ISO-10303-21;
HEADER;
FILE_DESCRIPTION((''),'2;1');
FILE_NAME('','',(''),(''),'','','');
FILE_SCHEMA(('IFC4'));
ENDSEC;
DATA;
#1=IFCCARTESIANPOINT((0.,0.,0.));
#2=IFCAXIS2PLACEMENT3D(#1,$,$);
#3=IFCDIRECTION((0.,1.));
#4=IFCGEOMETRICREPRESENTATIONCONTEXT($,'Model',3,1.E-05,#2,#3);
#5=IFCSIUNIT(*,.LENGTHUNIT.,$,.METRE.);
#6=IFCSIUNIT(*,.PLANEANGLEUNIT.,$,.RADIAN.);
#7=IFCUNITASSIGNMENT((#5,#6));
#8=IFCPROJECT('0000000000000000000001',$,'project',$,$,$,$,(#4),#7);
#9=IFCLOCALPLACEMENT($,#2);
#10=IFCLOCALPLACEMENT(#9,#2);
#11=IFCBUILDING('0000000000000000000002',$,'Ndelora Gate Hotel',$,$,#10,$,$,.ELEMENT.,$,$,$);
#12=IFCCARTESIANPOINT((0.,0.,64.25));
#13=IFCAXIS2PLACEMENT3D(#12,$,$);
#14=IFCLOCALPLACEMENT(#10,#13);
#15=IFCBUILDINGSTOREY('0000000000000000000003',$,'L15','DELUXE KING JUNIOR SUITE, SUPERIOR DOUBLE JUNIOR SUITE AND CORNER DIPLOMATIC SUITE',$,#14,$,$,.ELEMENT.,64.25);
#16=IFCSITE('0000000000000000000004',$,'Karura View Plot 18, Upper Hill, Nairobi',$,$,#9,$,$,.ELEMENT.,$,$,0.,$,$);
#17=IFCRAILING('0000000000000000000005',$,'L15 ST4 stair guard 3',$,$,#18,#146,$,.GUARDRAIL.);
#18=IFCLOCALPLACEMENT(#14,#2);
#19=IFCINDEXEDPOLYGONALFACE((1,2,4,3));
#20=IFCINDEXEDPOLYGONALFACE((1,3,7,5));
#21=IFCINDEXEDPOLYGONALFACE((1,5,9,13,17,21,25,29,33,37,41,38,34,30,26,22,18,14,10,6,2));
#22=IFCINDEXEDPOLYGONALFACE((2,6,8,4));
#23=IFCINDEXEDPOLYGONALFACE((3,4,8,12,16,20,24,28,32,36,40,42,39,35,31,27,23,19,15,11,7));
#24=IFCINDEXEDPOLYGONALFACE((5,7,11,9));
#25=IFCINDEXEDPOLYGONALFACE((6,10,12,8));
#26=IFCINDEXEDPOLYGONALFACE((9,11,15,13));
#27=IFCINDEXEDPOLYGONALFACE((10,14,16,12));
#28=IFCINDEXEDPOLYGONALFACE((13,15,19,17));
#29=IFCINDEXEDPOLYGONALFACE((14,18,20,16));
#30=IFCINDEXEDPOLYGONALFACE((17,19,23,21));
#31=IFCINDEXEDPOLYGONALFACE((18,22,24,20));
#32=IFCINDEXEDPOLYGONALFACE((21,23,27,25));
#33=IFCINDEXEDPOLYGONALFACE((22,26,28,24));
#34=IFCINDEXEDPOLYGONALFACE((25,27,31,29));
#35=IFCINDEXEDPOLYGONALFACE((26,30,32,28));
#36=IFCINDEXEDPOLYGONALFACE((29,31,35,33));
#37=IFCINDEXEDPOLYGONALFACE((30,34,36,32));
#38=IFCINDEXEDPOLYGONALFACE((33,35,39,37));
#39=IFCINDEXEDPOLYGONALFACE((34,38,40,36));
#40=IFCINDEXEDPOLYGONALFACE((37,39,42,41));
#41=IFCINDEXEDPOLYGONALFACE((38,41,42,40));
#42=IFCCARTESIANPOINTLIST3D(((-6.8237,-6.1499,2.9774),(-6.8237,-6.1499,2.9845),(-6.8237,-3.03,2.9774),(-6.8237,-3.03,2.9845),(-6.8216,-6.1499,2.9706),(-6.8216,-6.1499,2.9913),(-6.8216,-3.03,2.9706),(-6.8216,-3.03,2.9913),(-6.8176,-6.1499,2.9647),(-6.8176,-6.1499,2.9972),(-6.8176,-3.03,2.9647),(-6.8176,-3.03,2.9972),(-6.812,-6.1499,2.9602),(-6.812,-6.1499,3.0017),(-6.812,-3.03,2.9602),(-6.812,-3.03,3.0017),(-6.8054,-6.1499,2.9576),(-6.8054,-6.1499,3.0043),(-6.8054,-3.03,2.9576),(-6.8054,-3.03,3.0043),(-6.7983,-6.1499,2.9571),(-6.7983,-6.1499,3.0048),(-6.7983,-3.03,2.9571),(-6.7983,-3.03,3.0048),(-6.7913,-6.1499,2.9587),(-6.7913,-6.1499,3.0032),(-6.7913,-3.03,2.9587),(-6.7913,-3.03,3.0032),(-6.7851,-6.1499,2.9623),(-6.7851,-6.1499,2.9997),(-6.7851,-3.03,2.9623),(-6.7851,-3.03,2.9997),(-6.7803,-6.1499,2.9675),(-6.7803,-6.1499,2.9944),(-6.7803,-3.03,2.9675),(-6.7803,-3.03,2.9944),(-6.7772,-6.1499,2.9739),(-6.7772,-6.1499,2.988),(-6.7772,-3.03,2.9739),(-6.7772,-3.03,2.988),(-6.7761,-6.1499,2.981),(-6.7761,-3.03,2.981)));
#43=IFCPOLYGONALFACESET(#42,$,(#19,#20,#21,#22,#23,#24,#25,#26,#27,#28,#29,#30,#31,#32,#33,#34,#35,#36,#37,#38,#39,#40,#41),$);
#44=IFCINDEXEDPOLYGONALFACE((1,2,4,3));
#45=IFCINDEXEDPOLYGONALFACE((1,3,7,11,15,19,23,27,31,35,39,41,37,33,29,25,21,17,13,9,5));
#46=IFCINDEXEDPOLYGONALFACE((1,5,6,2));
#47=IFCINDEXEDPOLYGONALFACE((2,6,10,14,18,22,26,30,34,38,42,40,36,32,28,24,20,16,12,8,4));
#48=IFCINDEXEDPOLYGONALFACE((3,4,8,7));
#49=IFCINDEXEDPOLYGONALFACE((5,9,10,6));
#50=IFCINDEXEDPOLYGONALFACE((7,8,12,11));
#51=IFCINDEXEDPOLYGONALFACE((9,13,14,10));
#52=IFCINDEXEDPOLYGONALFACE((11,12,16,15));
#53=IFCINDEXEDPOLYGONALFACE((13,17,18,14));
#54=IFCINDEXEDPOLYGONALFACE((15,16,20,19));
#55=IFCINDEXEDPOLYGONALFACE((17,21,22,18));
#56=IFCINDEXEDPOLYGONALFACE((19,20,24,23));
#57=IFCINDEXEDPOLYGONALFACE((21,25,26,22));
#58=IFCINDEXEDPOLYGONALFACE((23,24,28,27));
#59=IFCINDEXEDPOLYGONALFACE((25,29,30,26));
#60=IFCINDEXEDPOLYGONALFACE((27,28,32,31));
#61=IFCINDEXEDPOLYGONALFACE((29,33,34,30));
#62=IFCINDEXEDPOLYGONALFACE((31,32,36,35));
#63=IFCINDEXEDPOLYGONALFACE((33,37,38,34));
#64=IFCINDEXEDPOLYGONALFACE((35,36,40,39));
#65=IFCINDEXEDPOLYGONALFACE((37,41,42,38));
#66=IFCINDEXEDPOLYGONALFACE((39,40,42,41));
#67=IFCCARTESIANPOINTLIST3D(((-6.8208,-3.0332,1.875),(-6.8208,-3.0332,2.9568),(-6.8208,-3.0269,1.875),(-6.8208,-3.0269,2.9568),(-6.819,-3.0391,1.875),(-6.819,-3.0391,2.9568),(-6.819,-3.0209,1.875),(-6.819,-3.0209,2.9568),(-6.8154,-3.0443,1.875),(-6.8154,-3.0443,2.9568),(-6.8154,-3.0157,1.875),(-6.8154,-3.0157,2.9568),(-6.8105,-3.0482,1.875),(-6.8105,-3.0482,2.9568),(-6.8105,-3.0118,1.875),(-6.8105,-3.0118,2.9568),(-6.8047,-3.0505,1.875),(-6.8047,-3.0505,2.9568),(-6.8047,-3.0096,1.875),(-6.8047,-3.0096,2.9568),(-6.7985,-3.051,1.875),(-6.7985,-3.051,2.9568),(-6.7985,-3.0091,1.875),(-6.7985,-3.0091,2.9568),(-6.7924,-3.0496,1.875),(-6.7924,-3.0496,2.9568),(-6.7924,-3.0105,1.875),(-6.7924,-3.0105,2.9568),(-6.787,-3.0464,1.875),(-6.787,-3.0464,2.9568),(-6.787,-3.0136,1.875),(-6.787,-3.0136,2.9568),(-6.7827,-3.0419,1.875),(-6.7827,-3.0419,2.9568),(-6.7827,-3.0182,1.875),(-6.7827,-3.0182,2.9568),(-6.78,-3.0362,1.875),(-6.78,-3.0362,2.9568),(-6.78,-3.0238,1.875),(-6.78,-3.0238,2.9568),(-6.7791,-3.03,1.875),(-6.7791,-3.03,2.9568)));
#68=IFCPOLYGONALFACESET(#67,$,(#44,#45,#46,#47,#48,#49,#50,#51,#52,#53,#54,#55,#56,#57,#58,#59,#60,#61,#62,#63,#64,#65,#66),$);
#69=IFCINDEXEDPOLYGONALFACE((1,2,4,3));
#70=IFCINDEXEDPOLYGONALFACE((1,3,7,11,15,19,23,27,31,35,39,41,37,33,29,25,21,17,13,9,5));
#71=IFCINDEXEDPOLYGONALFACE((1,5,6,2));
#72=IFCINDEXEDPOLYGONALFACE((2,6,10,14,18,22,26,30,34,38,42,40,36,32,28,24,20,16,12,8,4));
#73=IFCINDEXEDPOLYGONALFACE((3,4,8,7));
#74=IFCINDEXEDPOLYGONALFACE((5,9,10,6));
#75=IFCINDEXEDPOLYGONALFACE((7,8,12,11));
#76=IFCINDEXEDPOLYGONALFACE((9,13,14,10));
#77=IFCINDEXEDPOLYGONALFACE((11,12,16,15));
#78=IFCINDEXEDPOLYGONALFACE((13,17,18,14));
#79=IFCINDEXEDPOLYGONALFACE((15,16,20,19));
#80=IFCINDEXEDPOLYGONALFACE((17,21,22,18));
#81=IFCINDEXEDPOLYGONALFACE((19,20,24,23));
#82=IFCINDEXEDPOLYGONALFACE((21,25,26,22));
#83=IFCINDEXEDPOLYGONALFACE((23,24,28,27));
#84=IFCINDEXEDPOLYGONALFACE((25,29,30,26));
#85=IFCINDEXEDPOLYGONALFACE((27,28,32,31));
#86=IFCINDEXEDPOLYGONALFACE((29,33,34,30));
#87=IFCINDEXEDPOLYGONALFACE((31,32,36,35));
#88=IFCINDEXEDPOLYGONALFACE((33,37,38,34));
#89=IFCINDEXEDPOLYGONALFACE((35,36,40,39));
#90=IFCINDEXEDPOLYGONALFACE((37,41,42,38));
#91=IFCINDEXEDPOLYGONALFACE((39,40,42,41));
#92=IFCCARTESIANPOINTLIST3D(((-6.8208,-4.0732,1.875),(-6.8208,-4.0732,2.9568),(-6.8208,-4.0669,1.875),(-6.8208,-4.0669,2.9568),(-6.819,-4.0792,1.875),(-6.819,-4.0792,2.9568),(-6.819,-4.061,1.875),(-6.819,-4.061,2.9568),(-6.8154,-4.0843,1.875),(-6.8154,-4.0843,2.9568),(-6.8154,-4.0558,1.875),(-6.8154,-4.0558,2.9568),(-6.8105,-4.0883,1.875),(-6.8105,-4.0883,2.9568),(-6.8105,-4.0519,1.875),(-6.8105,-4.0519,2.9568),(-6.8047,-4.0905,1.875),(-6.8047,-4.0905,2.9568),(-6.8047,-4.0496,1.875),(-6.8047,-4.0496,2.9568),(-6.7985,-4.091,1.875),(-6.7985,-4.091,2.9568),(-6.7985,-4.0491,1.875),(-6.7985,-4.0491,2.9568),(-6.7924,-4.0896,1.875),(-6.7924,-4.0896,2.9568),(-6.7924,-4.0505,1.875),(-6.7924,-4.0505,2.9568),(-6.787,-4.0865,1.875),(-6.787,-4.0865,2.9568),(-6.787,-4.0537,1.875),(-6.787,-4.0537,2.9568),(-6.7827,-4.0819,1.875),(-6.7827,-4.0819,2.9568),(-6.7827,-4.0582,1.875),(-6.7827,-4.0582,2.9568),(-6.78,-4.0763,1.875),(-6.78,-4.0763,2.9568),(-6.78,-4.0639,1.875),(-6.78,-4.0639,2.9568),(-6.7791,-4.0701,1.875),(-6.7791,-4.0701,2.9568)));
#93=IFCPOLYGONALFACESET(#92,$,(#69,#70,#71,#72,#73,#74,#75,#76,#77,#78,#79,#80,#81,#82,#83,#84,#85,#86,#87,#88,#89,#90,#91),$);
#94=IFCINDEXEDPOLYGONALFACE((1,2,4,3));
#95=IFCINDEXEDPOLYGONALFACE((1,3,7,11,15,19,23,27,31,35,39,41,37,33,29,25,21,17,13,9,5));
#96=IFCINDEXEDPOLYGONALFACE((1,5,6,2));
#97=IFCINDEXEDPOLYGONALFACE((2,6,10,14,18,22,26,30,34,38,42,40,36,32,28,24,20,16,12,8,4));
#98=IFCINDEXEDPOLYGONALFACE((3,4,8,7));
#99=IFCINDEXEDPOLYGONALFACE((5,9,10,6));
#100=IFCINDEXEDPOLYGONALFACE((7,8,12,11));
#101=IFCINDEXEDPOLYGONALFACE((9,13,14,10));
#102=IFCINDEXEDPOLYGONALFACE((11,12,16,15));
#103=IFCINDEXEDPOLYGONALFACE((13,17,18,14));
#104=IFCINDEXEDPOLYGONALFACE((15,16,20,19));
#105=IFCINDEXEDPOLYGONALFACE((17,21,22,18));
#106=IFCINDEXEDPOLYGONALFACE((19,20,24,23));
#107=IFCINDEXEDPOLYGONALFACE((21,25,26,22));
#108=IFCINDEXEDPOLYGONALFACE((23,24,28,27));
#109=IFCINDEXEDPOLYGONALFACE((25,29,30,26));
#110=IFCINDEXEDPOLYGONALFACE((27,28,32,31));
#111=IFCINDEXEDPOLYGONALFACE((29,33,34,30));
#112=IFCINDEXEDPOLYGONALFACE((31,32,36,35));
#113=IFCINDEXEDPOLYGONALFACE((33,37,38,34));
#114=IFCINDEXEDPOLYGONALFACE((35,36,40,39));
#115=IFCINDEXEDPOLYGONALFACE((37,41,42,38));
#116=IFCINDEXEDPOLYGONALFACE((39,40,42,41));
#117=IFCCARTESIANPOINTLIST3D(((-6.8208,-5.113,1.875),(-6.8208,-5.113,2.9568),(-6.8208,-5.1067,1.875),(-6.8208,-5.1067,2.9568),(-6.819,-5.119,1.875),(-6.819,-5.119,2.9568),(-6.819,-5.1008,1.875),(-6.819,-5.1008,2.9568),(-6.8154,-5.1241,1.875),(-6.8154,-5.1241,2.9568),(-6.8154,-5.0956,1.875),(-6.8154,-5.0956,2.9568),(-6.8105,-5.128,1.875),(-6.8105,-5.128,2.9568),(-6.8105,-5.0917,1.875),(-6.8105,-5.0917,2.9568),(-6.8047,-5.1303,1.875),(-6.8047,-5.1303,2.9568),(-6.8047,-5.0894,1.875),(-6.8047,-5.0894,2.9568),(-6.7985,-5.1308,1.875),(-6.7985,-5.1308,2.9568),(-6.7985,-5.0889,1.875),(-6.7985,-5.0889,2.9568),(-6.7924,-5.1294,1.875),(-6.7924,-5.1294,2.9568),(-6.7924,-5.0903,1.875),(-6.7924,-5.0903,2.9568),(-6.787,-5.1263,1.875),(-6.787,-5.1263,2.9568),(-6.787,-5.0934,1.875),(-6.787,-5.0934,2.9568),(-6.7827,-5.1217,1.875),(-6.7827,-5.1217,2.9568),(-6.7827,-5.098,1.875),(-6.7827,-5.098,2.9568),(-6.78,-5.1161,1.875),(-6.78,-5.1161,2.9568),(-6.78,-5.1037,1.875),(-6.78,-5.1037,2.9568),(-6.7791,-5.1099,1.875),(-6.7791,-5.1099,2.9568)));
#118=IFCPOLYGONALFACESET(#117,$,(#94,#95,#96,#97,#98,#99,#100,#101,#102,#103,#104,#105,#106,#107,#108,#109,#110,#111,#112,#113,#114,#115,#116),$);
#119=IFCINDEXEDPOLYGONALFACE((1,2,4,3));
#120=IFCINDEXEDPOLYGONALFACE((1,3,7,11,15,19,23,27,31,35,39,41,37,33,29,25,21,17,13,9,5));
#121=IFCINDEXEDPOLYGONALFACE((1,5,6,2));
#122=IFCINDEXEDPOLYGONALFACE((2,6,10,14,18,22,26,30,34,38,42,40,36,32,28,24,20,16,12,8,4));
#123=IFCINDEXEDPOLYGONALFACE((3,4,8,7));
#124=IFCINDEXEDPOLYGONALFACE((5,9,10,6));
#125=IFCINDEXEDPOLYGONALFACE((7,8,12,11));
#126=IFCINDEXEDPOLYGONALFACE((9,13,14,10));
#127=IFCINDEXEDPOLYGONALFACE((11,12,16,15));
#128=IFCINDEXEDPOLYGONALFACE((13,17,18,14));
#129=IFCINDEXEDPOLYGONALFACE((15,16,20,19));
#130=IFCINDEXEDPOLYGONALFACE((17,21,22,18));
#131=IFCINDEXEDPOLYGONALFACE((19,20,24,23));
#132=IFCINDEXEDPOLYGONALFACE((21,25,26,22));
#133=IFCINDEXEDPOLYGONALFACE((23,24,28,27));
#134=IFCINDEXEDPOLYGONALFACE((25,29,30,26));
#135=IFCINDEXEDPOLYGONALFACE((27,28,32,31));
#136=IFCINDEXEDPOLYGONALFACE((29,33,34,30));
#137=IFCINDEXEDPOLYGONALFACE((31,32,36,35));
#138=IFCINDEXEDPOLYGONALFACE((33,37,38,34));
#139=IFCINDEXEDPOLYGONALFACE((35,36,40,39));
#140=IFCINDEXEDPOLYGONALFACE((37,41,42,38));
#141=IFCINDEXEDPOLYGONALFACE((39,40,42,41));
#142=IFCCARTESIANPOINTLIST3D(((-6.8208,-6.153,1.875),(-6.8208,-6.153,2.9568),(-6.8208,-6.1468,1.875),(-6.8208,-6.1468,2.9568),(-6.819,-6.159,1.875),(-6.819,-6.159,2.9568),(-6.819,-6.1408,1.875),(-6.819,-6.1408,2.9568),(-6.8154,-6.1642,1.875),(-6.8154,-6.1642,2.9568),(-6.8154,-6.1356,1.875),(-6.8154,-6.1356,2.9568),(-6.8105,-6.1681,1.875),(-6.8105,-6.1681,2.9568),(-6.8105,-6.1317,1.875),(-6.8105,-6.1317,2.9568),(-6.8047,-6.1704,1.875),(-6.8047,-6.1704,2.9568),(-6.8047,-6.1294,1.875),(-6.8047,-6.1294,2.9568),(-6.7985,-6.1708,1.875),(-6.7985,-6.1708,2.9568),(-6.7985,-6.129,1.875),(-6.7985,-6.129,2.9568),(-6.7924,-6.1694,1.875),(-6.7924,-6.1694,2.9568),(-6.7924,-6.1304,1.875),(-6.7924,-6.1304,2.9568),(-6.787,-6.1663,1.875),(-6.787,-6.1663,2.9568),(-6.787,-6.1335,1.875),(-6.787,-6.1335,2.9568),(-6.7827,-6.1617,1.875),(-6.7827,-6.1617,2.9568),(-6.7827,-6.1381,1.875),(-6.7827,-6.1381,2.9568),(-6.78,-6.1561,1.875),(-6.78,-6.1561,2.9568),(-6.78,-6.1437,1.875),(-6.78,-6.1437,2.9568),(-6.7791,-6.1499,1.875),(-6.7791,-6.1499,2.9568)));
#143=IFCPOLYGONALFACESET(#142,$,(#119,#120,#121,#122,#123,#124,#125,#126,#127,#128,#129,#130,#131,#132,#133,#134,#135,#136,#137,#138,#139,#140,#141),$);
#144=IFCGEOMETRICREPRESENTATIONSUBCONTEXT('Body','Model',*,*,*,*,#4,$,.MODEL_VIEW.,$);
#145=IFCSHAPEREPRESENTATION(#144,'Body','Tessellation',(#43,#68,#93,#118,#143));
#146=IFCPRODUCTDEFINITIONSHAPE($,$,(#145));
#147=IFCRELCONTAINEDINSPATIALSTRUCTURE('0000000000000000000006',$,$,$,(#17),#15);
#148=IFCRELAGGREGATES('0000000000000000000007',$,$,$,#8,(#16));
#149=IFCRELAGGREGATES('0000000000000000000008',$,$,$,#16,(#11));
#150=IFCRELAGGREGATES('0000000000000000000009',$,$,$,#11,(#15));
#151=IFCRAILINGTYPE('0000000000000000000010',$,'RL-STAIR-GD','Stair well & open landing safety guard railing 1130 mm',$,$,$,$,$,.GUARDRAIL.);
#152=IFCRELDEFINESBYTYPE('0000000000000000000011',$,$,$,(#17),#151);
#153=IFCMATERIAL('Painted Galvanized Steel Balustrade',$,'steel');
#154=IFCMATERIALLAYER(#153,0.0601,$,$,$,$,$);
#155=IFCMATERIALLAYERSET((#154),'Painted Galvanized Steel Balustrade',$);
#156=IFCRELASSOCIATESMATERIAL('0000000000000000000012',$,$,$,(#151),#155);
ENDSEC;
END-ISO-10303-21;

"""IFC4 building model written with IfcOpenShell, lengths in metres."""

from ifc_helpers import new_model, si_unit, direction, frame, origin, origin_2d, place, context, subcontext, project, spatial, circle, extrude, material, layer, layer_set, type_object, element, save


model = new_model("IFC4")

# Units and contexts
model_context = context("Model", 3, precision=1e-05, world=origin(), true_north=direction((0.0, 1.0)))
body_context = subcontext(model_context, "Body", "Model", "MODEL_VIEW")
ifc_project = project(units=[si_unit("LENGTHUNIT", "METRE"), si_unit("PLANEANGLEUNIT", "RADIAN")], contexts=[model_context])

# Site, building, storey
site_placement = place(None, origin())
site = spatial("IfcSite", under=ifc_project, at=site_placement, Name="Karura View Plot 18, Upper Hill, Nairobi", CompositionType="ELEMENT", RefElevation=0.0)
building_placement = place(site_placement, origin())
building = spatial("IfcBuilding", under=site, at=building_placement, Name="Ndelora Gate Hotel", CompositionType="ELEMENT")
storey_placement = place(building_placement, frame((0.0, 0.0, 64.25)))
storey = spatial("IfcBuildingStorey", under=building, at=storey_placement, Name="L15", Description="DELUXE KING JUNIOR SUITE, SUPERIOR DOUBLE JUNIOR SUITE AND CORNER DIPLOMATIC SUITE", CompositionType="ELEMENT", Elevation=64.25)

# Railing
ifc_material_1 = material(Name="Painted Galvanized Steel Balustrade", Category="steel")
ifc_layer_1 = layer(ifc_material_1, 0.0601)
ifc_layer_set_1 = layer_set([ifc_layer_1], Name="Painted Galvanized Steel Balustrade")
railing_type_1 = type_object("IfcRailingType", Name="RL-STAIR-GD", Description="Stair well & open landing safety guard railing 1130 mm", PredefinedType="GUARDRAIL", material=ifc_layer_set_1)
for number, where, name in (
    (1, (-6.8, -3.03, 1.875), "L15 ST4 stair guard 3"),
):
    element("IfcRailing", number, at=place(storey_placement, frame(where)), inside=storey, type_object=railing_type_1, Name=name, PredefinedType="GUARDRAIL", context=body_context, shape_type="SweptSolid", body=[
        extrude(circle(Radius=0.0239, at=origin_2d()), frame((0.0, 0.0, 1.106), z_axis=(0.0, -1.0, 0.0), x_axis=(1.0, 0.0, 0.0)), (0.0, 0.0, 1.0), 3.1199),
        extrude(circle(Radius=0.021, at=origin_2d()), origin(), (0.0, 0.0, 1.0), 1.0818),
        extrude(circle(Radius=0.021, at=origin_2d()), frame((0.0, -1.04, 0.0)), (0.0, 0.0, 1.0), 1.0818),
        extrude(circle(Radius=0.021, at=origin_2d()), frame((0.0, -2.0798, 0.0)), (0.0, 0.0, 1.0), 1.0818),
        extrude(circle(Radius=0.021, at=origin_2d()), frame((0.0, -3.1199, 0.0)), (0.0, 0.0, 1.0), 1.0818),
    ])

save(model, "model.ifc")
